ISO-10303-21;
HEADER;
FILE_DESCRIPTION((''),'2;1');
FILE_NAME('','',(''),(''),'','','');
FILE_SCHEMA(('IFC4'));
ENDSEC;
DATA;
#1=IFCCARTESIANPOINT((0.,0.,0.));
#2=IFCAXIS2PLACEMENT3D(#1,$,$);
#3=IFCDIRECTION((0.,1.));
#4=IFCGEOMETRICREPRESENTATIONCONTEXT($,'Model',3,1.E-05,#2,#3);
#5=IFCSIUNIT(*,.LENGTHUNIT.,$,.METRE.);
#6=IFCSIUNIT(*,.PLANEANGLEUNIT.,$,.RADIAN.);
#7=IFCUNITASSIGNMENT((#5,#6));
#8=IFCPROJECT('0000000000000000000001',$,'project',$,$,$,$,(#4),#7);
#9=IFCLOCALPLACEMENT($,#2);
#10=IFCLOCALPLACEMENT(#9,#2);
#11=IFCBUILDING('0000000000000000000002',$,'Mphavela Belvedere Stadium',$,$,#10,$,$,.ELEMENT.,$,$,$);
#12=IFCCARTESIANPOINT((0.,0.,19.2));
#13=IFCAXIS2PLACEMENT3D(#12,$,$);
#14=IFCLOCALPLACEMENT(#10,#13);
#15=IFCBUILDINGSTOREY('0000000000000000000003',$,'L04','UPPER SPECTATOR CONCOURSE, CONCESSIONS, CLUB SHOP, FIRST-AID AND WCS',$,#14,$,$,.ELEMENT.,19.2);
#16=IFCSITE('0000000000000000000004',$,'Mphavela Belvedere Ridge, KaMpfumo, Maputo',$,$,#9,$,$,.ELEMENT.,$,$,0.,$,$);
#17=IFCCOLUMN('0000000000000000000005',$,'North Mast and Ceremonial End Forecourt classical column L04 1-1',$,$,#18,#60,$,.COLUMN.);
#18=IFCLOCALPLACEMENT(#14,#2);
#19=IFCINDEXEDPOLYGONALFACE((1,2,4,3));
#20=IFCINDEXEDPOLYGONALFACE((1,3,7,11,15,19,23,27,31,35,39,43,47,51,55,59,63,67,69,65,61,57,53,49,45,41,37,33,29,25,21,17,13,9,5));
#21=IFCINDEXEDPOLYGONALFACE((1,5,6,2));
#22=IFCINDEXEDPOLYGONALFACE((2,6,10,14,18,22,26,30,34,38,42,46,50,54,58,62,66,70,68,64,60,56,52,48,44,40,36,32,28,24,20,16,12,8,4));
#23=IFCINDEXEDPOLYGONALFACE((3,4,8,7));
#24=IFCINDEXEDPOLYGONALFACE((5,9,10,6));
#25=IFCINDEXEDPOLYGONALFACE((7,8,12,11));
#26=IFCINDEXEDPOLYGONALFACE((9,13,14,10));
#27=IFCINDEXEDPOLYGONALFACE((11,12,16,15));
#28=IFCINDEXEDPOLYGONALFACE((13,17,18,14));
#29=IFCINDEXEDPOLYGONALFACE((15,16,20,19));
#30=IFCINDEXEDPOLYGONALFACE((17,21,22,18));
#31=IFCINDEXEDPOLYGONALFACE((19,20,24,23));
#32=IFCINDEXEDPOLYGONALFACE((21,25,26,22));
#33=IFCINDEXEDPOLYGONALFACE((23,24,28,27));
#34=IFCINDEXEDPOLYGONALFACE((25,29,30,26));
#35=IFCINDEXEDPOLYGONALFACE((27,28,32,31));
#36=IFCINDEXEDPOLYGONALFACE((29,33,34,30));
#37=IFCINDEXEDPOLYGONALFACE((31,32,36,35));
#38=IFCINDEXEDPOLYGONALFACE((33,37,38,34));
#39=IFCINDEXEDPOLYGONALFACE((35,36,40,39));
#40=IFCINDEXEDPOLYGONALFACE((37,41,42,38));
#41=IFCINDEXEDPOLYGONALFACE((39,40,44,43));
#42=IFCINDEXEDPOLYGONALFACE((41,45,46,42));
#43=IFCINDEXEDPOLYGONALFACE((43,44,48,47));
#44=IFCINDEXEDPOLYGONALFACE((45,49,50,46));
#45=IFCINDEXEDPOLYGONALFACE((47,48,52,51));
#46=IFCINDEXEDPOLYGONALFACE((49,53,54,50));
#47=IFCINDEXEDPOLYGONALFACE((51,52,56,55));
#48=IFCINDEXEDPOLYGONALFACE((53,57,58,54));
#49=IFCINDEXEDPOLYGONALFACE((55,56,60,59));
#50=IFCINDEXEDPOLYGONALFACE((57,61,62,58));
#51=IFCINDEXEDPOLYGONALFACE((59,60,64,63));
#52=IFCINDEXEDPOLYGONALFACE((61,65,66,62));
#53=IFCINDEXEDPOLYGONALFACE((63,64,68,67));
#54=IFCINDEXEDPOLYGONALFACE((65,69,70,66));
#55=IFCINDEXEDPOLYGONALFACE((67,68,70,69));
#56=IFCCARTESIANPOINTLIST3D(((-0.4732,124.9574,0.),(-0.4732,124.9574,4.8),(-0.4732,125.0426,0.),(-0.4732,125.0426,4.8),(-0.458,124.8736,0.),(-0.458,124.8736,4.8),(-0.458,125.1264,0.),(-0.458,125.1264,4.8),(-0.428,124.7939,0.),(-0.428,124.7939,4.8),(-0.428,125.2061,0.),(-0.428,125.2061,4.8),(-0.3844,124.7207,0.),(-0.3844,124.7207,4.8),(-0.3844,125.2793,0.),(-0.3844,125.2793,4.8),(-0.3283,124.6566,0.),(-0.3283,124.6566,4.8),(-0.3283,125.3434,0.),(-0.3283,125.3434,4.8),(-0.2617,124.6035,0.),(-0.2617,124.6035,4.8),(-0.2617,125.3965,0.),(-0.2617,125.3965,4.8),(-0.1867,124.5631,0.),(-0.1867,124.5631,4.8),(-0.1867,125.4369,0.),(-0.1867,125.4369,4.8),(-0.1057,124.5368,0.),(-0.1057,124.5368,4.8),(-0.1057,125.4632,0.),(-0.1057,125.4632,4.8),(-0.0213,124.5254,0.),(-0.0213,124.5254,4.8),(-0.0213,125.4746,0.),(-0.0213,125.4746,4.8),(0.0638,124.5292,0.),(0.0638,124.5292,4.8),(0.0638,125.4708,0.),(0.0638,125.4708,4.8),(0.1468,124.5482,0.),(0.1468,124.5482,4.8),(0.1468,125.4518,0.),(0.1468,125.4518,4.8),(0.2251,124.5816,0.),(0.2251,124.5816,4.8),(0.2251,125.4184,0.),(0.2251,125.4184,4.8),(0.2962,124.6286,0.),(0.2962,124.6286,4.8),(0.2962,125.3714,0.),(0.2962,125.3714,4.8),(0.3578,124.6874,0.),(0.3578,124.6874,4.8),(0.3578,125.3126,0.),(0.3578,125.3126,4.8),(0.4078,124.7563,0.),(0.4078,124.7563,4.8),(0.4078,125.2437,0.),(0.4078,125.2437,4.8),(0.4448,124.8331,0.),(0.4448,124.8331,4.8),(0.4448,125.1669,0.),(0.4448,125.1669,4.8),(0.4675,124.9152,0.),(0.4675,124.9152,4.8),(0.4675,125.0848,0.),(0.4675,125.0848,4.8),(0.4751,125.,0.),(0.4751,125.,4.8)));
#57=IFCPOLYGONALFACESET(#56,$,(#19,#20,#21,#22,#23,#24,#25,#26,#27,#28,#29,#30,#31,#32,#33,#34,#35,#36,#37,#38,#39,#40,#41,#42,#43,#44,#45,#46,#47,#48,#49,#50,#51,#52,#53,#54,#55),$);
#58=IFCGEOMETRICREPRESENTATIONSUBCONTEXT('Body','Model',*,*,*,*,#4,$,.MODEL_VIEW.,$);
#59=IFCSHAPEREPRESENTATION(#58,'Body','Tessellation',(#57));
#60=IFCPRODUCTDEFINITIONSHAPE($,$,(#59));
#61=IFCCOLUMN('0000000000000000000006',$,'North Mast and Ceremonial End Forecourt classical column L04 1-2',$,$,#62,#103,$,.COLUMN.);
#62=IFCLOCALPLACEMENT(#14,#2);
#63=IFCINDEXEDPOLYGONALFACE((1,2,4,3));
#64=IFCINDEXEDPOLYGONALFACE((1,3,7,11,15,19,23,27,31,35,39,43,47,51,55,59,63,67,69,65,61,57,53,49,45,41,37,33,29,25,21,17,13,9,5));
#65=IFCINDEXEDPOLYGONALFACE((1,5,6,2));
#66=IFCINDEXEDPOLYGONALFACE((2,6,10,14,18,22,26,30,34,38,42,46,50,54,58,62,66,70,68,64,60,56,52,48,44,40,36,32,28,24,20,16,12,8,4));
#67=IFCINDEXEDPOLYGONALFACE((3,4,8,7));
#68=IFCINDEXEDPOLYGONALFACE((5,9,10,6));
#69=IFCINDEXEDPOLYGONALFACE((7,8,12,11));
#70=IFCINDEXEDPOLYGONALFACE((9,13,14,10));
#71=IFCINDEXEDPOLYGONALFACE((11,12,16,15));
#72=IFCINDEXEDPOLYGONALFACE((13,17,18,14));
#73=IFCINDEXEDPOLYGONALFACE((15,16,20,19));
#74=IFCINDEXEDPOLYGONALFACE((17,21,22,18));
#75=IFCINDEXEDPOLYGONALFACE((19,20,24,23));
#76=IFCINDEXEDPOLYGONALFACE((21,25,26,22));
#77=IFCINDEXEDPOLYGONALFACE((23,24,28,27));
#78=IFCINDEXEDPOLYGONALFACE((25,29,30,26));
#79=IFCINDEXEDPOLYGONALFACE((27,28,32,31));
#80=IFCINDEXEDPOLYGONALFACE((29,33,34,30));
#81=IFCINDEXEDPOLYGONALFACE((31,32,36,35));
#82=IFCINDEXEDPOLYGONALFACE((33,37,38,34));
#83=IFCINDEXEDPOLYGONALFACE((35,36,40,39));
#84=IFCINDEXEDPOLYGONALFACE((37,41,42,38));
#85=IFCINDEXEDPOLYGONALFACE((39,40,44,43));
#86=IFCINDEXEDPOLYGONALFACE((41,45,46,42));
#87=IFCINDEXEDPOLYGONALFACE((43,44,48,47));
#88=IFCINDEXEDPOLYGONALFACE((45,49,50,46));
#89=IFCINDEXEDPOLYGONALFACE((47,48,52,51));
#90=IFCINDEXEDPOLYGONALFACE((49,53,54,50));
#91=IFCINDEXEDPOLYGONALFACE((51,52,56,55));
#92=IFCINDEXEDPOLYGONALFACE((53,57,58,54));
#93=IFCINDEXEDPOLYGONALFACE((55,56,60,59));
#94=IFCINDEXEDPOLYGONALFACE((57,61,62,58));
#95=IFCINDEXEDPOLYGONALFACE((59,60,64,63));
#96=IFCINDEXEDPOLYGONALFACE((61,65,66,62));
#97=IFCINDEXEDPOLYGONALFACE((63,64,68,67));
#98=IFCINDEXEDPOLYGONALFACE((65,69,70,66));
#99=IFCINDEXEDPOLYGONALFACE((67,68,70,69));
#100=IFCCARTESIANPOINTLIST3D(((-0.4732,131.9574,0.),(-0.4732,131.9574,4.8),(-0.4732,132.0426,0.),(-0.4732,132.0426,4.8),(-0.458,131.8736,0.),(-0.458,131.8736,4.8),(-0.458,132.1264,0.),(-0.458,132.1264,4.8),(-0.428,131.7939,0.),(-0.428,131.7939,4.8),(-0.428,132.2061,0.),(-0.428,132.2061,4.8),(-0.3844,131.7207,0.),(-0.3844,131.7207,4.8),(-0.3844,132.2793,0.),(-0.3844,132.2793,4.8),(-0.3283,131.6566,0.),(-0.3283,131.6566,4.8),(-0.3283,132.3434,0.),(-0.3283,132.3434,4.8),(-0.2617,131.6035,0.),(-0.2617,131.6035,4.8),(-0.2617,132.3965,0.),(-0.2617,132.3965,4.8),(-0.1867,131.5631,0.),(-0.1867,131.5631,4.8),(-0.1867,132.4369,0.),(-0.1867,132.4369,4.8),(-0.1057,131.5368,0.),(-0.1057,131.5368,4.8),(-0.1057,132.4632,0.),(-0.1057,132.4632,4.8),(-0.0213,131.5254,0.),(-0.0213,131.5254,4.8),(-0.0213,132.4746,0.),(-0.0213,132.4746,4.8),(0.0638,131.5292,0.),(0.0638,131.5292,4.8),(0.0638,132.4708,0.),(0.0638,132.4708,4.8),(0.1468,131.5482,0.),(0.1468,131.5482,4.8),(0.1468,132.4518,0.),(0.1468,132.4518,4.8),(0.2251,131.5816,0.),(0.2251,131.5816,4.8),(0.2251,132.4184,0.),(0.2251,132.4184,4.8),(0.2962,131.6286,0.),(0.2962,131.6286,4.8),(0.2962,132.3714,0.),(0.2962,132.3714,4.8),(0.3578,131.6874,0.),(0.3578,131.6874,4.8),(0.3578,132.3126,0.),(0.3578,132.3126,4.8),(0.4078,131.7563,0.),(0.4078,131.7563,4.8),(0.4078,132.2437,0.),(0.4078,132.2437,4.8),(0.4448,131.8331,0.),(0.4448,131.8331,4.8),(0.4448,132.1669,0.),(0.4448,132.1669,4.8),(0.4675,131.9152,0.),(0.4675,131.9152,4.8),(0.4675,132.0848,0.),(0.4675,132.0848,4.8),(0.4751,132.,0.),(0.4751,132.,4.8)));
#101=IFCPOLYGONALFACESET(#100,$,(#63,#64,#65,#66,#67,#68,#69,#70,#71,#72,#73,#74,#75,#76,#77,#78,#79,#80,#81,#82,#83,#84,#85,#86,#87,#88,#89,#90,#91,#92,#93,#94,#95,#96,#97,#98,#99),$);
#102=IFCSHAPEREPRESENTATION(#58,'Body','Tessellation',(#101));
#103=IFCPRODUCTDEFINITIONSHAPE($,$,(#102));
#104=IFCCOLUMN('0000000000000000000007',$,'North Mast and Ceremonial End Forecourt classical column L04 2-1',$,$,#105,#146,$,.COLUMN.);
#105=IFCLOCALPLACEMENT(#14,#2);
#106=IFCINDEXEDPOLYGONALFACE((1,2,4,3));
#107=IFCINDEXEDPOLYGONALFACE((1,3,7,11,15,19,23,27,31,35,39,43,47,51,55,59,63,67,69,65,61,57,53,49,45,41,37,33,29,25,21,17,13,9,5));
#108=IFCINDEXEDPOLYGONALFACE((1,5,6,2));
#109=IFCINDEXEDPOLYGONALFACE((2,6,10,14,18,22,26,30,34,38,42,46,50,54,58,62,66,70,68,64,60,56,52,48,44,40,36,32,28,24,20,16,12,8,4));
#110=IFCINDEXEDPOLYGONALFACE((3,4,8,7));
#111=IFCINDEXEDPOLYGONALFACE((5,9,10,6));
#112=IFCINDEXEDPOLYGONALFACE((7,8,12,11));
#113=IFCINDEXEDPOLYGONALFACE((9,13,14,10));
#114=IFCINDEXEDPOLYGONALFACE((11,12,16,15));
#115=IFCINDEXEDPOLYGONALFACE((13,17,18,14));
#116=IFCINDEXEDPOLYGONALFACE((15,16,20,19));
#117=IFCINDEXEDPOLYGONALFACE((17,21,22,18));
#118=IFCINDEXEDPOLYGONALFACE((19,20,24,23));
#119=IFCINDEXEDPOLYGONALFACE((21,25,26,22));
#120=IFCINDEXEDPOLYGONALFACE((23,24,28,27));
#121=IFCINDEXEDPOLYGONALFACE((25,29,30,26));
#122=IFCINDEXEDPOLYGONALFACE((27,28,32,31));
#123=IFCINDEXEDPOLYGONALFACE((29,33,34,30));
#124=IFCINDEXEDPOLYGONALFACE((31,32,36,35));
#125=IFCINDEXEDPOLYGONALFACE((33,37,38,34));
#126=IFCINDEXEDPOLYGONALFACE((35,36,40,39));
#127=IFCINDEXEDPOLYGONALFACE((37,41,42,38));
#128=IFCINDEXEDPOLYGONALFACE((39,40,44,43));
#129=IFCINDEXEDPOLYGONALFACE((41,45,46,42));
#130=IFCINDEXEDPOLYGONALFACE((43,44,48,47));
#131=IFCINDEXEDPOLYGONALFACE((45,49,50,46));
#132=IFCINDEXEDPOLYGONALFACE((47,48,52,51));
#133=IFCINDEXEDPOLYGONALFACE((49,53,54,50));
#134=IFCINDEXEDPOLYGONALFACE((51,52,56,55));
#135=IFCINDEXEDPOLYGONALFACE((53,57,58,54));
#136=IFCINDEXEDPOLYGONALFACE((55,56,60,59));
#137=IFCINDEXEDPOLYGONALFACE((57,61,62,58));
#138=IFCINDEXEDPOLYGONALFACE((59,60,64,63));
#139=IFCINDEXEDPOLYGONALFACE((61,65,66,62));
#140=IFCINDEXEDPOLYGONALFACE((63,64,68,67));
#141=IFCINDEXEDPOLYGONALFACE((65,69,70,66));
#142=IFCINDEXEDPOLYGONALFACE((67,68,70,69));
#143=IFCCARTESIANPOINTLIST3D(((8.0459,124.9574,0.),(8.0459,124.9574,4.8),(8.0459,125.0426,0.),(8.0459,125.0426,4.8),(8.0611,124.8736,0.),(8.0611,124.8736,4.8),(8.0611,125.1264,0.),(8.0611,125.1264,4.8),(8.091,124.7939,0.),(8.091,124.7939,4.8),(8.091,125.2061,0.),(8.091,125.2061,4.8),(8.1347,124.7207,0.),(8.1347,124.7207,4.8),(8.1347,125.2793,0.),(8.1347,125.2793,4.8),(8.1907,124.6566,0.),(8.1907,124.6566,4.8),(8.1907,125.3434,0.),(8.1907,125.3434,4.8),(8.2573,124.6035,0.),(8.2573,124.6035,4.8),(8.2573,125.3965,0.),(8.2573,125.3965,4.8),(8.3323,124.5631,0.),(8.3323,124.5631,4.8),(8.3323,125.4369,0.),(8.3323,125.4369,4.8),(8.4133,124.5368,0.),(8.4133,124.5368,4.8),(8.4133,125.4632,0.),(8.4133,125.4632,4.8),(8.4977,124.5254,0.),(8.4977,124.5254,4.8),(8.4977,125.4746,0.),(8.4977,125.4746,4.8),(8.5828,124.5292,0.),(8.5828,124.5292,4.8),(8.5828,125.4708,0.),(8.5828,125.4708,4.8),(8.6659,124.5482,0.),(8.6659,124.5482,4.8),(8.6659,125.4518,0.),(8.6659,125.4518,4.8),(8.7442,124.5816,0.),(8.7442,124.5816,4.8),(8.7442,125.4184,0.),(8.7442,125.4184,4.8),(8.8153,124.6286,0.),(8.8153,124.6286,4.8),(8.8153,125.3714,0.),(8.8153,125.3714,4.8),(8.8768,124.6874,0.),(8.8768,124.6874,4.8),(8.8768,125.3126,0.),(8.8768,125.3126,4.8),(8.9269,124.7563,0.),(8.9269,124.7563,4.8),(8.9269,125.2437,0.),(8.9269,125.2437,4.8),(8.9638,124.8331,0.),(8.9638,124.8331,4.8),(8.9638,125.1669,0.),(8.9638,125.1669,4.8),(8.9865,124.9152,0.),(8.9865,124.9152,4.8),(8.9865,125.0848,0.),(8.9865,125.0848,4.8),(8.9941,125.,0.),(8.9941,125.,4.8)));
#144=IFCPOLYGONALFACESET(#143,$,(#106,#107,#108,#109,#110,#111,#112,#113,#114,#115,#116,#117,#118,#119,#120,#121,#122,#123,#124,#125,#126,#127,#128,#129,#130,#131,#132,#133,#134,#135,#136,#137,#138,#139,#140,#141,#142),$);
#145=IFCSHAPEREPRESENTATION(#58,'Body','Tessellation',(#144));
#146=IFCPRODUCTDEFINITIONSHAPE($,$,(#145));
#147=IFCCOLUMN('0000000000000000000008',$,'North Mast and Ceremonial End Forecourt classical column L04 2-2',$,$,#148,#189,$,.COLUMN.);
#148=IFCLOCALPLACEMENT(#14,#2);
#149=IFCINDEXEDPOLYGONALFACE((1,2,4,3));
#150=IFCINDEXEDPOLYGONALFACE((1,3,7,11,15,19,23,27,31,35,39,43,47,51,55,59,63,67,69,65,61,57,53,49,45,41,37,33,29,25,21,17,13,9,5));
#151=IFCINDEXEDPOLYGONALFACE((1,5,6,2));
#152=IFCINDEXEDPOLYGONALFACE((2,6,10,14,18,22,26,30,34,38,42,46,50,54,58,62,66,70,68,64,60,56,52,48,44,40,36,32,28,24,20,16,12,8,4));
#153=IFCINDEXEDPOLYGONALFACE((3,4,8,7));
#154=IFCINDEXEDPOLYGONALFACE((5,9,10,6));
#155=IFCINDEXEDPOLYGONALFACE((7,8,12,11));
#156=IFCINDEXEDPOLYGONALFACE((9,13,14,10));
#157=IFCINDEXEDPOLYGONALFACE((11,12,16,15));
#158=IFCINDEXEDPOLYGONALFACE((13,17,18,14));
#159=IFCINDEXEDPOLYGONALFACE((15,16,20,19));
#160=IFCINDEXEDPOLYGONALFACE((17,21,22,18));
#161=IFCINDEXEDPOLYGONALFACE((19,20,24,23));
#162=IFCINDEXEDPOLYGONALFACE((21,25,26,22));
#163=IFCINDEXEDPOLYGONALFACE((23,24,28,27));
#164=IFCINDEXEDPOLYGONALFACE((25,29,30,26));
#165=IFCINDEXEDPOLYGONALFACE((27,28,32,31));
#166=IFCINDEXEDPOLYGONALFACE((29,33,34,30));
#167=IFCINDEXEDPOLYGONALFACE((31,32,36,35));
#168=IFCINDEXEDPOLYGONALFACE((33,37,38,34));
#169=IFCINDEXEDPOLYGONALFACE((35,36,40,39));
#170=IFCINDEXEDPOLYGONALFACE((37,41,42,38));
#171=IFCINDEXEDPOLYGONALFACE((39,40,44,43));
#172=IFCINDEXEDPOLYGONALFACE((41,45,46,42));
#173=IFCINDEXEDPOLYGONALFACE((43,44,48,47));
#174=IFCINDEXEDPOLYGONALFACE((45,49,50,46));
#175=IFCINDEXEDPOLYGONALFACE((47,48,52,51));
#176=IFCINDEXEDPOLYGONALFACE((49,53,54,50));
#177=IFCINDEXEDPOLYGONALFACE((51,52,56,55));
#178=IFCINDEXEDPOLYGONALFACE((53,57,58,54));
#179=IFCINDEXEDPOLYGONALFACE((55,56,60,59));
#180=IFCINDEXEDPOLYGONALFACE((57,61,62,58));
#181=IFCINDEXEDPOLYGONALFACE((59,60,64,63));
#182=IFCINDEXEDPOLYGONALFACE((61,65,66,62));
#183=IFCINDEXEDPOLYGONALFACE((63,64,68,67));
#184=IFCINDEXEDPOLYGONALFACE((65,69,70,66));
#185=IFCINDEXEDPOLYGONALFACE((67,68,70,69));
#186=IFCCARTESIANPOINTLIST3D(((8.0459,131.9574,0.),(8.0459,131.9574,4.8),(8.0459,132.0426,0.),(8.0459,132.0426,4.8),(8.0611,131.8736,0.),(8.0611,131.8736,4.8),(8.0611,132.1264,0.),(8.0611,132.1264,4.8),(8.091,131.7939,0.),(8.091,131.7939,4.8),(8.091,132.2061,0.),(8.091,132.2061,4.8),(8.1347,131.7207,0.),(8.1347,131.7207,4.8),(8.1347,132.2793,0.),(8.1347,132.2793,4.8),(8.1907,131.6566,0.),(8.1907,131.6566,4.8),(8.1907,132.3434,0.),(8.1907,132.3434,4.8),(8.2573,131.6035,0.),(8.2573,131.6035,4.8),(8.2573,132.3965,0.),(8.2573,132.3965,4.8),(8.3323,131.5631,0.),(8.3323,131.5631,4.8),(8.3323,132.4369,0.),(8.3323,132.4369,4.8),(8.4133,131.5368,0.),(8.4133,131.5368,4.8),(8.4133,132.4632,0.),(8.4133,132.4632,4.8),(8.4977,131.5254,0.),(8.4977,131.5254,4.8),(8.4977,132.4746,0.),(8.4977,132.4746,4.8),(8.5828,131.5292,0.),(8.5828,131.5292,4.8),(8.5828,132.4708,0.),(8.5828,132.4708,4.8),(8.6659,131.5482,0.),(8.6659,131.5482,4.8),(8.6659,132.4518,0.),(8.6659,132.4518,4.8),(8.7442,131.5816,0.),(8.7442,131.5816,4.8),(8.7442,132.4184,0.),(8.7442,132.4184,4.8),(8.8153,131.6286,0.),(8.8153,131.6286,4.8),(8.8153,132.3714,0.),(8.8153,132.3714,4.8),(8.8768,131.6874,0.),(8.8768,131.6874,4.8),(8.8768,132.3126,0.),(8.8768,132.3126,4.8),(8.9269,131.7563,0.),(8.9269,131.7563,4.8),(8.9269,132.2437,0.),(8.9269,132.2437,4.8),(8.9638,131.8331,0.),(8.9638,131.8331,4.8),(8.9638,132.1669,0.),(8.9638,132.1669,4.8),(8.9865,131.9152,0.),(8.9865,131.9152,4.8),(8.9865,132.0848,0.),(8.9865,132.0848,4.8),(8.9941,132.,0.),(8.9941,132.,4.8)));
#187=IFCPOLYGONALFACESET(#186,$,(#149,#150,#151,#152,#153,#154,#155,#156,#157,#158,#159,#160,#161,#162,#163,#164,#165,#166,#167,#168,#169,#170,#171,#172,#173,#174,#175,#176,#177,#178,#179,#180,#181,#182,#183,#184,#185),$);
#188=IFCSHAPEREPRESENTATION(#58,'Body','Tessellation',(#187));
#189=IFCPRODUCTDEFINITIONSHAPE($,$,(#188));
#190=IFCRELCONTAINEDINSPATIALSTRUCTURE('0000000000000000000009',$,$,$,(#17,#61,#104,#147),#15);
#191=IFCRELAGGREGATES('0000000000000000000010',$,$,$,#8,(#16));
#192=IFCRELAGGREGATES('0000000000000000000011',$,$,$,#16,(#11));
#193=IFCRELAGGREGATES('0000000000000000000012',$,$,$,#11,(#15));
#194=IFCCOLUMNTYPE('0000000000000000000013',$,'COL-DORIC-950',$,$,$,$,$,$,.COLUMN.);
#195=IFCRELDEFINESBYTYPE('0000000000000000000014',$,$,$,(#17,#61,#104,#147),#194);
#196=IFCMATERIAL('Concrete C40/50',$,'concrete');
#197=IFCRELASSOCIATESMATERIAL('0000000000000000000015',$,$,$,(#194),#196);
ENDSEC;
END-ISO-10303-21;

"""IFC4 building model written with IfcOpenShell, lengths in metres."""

from ifc_helpers import new_model, si_unit, direction, frame, origin, origin_2d, place, context, subcontext, project, spatial, circle, extrude, material, material_profile, profile_set, type_object, element, save


model = new_model("IFC4")

# Units and contexts
model_context = context("Model", 3, precision=1e-05, world=origin(), true_north=direction((0.0, 1.0)))
body_context = subcontext(model_context, "Body", "Model", "MODEL_VIEW")
ifc_project = project(units=[si_unit("LENGTHUNIT", "METRE"), si_unit("PLANEANGLEUNIT", "RADIAN")], contexts=[model_context])

# Site, building, storey
site_placement = place(None, origin())
site = spatial("IfcSite", under=ifc_project, at=site_placement, Name="Mphavela Belvedere Ridge, KaMpfumo, Maputo", CompositionType="ELEMENT", RefElevation=0.0)
building_placement = place(site_placement, origin())
building = spatial("IfcBuilding", under=site, at=building_placement, Name="Mphavela Belvedere Stadium", CompositionType="ELEMENT")
storey_placement = place(building_placement, frame((0.0, 0.0, 19.2)))
storey = spatial("IfcBuildingStorey", under=building, at=storey_placement, Name="L04", Description="UPPER SPECTATOR CONCOURSE, CONCESSIONS, CLUB SHOP, FIRST-AID AND WCS", CompositionType="ELEMENT", Elevation=19.2)

# Columns
ifc_material_1 = material(Name="Concrete C40/50", Category="concrete")
ifc_material_profile_1 = material_profile(ifc_material_1, circle(Radius=0.4751, at=origin_2d()), Name="COL D950")
ifc_profile_set_1 = profile_set([ifc_material_profile_1], Name="Concrete C40/50")
column_type_1 = type_object("IfcColumnType", Name="COL-DORIC-950", PredefinedType="COLUMN", material=ifc_profile_set_1)
for number, where, z_axis, x_axis, name in (
    (1, (0.0, 125.0, 0.0), (0.0, 0.0, 1.0), (1.0, 0.0, 0.0), "North Mast and Ceremonial End Forecourt classical column L04 1-1"),
    (2, (0.0, 132.0, 0.0), (0.0, 0.0, 1.0), (1.0, 0.0, 0.0), "North Mast and Ceremonial End Forecourt classical column L04 1-2"),
    (3, (8.519, 125.0, 0.0), (0.0, 0.0, 1.0), (1.0, 0.0, 0.0), "North Mast and Ceremonial End Forecourt classical column L04 2-1"),
    (4, (8.519, 132.0, 0.0), (0.0, 0.0, 1.0), (1.0, 0.0, 0.0), "North Mast and Ceremonial End Forecourt classical column L04 2-2"),
):
    element("IfcColumn", number, at=place(storey_placement, frame(where, z_axis=z_axis, x_axis=x_axis)), inside=storey, type_object=column_type_1, Name=name, PredefinedType="COLUMN", context=body_context, shape_type="SweptSolid", body=[
        extrude(circle(Radius=0.4751, at=origin_2d()), origin(), (0.0, 0.0, 1.0), 4.8),
    ])

save(model, "model.ifc")
